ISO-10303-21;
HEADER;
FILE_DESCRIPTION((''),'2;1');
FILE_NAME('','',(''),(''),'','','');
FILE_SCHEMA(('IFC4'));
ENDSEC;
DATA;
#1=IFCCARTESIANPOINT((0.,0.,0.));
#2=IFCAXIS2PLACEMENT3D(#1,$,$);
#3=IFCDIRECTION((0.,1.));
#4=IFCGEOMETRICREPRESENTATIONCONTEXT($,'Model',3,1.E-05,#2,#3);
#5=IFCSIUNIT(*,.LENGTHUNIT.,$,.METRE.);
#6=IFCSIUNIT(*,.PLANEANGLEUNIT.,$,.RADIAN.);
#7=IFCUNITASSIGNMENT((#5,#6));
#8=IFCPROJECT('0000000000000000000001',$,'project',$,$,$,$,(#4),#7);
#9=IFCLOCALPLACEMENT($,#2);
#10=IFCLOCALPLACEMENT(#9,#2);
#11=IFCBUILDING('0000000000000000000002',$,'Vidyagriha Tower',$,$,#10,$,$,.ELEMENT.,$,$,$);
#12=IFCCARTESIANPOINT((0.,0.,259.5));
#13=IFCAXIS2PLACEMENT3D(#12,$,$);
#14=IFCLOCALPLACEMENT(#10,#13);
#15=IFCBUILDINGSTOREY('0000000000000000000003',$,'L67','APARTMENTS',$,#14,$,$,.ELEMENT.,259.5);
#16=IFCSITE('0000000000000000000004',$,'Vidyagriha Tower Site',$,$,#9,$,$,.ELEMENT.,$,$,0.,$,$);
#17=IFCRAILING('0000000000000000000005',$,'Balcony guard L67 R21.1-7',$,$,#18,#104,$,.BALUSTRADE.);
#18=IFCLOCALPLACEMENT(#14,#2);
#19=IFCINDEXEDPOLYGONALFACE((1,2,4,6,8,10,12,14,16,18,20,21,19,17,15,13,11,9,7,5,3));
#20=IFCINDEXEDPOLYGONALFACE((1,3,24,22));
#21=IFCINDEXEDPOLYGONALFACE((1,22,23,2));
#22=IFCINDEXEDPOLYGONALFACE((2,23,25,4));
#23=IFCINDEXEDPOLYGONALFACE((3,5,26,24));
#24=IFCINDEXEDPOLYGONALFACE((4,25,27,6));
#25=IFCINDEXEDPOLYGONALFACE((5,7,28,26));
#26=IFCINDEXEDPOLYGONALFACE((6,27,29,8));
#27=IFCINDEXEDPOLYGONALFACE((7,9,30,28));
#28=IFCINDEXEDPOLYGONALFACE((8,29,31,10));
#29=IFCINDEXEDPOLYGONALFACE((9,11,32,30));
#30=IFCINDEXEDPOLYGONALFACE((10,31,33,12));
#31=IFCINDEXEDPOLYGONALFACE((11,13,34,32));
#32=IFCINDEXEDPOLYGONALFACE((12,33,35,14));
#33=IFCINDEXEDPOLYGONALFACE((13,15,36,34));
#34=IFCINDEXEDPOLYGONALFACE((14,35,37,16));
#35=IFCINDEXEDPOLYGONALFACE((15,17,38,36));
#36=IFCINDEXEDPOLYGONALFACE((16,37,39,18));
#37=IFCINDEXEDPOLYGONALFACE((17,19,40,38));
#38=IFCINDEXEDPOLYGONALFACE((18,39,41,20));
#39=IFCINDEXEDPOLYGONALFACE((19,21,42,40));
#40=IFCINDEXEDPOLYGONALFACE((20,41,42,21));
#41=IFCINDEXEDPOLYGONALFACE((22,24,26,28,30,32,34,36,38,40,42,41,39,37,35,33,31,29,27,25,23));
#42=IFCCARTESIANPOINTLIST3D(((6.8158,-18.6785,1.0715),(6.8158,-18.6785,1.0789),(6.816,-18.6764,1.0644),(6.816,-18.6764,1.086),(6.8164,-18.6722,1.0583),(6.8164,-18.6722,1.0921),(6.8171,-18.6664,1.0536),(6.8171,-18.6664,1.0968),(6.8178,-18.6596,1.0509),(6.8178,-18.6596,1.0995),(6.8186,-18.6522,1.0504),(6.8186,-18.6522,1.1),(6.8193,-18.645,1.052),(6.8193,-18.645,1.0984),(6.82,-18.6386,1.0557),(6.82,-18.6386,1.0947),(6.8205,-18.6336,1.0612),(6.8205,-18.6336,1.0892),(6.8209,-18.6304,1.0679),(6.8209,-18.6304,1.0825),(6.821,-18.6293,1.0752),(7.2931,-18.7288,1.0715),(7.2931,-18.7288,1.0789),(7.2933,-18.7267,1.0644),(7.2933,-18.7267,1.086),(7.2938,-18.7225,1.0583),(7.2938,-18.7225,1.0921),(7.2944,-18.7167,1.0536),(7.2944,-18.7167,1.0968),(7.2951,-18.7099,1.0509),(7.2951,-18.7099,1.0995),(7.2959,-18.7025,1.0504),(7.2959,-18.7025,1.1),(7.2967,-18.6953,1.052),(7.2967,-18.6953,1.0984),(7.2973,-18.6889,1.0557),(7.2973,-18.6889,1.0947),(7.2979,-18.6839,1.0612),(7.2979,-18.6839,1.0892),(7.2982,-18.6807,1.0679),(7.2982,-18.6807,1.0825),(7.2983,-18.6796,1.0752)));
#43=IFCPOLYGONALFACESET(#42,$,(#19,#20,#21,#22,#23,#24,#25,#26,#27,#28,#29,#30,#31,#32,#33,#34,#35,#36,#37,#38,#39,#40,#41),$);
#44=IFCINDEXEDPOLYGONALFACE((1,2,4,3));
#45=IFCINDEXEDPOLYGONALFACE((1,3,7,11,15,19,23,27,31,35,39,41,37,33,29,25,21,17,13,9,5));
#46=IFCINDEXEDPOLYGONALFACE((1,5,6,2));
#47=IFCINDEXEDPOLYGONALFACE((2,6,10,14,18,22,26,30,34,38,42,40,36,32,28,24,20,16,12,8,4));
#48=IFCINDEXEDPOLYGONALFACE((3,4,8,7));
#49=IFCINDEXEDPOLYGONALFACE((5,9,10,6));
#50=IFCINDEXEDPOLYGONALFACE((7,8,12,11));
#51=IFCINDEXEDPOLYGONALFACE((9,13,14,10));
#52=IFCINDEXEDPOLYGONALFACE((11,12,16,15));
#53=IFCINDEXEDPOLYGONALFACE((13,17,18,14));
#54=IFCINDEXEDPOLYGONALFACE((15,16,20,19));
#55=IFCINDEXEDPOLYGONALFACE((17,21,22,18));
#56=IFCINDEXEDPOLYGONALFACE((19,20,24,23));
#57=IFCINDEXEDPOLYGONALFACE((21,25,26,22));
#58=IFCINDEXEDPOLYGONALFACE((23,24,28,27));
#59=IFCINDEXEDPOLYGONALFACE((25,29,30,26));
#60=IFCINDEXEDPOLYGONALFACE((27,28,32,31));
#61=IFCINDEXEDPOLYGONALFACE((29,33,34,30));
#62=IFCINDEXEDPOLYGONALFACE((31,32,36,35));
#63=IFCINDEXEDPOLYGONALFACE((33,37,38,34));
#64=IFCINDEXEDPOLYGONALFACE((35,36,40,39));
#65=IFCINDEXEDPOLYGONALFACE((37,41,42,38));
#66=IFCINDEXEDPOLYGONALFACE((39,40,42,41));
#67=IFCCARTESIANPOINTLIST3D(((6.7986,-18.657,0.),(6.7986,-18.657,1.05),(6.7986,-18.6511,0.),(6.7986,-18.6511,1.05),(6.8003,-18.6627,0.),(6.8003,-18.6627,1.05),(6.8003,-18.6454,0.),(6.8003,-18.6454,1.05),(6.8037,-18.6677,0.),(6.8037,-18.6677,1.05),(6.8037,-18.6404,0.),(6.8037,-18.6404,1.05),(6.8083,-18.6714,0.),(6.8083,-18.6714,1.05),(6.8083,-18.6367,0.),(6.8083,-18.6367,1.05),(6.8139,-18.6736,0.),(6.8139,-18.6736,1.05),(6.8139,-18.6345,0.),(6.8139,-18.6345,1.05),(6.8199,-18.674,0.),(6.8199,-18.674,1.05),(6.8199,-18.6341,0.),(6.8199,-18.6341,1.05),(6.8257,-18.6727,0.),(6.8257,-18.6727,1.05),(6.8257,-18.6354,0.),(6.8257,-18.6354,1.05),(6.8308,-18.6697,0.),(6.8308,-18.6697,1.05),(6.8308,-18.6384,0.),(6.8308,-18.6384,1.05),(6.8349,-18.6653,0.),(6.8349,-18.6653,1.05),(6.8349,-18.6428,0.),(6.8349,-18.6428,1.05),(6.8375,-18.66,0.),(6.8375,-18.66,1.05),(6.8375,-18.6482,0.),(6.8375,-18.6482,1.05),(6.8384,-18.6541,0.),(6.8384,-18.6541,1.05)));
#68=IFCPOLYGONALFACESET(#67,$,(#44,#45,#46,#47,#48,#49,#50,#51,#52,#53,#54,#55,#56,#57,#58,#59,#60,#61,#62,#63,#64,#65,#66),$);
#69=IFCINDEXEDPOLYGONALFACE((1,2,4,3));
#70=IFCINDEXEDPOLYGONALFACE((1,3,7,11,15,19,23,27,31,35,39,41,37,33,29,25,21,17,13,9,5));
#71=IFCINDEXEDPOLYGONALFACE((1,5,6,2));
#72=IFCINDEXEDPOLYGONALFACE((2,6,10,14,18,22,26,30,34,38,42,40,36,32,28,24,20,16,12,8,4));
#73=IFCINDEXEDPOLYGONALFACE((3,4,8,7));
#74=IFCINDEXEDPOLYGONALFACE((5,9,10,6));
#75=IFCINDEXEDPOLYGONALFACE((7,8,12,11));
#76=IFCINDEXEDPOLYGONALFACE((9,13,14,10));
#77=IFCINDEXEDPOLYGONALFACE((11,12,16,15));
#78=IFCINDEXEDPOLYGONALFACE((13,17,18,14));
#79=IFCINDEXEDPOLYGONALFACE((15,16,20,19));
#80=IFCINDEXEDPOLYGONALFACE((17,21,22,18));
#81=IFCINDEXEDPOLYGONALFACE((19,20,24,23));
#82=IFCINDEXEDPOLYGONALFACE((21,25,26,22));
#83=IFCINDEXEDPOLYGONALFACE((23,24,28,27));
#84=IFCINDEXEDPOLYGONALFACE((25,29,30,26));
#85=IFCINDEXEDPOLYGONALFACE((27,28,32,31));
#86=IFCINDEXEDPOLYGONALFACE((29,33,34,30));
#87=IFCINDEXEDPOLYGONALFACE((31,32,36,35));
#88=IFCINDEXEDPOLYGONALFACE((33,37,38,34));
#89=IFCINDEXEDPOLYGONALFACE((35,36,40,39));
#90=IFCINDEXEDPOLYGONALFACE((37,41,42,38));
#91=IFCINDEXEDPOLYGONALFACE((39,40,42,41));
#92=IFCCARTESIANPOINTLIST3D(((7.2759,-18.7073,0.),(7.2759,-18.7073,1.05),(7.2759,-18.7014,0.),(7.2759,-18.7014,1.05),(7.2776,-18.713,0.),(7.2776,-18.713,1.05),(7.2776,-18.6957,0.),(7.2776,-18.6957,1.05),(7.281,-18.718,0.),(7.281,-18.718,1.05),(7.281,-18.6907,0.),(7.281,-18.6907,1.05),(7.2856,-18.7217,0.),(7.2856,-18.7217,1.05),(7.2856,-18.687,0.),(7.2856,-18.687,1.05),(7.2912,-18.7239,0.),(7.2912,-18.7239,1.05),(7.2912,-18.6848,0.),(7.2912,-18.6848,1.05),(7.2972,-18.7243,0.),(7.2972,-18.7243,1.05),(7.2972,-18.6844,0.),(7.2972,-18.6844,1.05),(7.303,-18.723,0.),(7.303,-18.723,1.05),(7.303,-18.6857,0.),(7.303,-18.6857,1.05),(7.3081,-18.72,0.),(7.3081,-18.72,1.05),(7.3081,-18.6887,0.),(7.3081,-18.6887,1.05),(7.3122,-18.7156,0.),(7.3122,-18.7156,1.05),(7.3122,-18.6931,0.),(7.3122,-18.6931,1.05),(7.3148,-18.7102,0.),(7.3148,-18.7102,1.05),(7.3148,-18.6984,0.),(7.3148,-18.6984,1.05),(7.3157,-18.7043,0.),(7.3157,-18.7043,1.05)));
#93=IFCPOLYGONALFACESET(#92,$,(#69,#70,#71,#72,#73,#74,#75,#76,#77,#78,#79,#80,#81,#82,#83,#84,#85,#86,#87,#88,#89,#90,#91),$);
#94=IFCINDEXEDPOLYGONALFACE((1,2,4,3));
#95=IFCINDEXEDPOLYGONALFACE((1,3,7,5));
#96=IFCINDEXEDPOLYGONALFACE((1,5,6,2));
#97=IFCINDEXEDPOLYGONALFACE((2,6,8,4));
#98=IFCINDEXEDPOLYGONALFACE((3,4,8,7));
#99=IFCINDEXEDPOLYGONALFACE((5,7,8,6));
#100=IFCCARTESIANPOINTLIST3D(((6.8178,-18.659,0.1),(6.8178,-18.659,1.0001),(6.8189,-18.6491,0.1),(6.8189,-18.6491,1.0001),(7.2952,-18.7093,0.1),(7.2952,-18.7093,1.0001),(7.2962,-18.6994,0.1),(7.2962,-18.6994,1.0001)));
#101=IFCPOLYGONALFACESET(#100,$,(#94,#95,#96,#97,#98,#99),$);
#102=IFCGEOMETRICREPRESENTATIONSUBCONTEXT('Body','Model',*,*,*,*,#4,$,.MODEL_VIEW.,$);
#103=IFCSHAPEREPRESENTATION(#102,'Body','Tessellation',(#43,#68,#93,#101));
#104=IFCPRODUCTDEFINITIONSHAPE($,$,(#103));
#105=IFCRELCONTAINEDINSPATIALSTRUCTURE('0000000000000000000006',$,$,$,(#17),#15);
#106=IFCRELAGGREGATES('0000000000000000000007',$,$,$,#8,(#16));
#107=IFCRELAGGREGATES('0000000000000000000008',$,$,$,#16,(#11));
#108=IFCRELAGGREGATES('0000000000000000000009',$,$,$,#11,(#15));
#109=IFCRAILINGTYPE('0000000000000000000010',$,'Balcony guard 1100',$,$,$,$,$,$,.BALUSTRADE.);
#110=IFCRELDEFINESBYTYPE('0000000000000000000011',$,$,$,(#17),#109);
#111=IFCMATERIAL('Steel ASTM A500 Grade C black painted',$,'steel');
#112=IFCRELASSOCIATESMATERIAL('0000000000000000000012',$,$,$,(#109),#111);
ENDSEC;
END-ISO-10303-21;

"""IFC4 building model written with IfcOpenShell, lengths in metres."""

from ifc_helpers import new_model, si_unit, direction, frame, origin, origin_2d, place, context, subcontext, project, spatial, rectangle, circle, extrude, material, type_object, element, save


model = new_model("IFC4")

# Units and contexts
model_context = context("Model", 3, precision=1e-05, world=origin(), true_north=direction((0.0, 1.0)))
body_context = subcontext(model_context, "Body", "Model", "MODEL_VIEW")
ifc_project = project(units=[si_unit("LENGTHUNIT", "METRE"), si_unit("PLANEANGLEUNIT", "RADIAN")], contexts=[model_context])

# Site, building, storey
site_placement = place(None, origin())
site = spatial("IfcSite", under=ifc_project, at=site_placement, Name="Vidyagriha Tower Site", CompositionType="ELEMENT", RefElevation=0.0)
building_placement = place(site_placement, origin())
building = spatial("IfcBuilding", under=site, at=building_placement, Name="Vidyagriha Tower", CompositionType="ELEMENT")
storey_placement = place(building_placement, frame((0.0, 0.0, 259.5)))
storey = spatial("IfcBuildingStorey", under=building, at=storey_placement, Name="L67", Description="APARTMENTS", CompositionType="ELEMENT", Elevation=259.5)

# Railing
ifc_material_1 = material(Name="Steel ASTM A500 Grade C black painted", Category="steel")
railing_type = type_object("IfcRailingType", Name="Balcony guard 1100", PredefinedType="BALUSTRADE", material=ifc_material_1)
railing_1_placement = place(storey_placement, frame((6.8184, -18.6541, 0.0)))
element("IfcRailing", 1, at=railing_1_placement, inside=storey, type_object=railing_type, Name="Balcony guard L67 R21.1-7", PredefinedType="BALUSTRADE", context=body_context, shape_type="SweptSolid", body=[
    extrude(circle(Radius=0.0249, at=origin_2d()), frame((0.0, 0.0, 1.0752), z_axis=(0.994494, -0.104791, 0.0), x_axis=(0.104791, 0.994494, 0.0)), (0.0, 0.0, 1.0), 0.48),
    extrude(circle(Radius=0.02, at=origin_2d()), origin(), (0.0, 0.0, 1.0), 1.05),
    extrude(circle(Radius=0.02, at=origin_2d()), frame((0.4773, -0.0503, 0.0)), (0.0, 0.0, 1.0), 1.05),
    extrude(rectangle(XDim=0.01, YDim=0.9001, at=origin_2d()), frame((0.0, 0.0, 0.55), z_axis=(0.994494, -0.104791, 0.0), x_axis=(0.104791, 0.994494, 0.0)), (0.0, 0.0, 1.0), 0.48),
])

save(model, "model.ifc")
